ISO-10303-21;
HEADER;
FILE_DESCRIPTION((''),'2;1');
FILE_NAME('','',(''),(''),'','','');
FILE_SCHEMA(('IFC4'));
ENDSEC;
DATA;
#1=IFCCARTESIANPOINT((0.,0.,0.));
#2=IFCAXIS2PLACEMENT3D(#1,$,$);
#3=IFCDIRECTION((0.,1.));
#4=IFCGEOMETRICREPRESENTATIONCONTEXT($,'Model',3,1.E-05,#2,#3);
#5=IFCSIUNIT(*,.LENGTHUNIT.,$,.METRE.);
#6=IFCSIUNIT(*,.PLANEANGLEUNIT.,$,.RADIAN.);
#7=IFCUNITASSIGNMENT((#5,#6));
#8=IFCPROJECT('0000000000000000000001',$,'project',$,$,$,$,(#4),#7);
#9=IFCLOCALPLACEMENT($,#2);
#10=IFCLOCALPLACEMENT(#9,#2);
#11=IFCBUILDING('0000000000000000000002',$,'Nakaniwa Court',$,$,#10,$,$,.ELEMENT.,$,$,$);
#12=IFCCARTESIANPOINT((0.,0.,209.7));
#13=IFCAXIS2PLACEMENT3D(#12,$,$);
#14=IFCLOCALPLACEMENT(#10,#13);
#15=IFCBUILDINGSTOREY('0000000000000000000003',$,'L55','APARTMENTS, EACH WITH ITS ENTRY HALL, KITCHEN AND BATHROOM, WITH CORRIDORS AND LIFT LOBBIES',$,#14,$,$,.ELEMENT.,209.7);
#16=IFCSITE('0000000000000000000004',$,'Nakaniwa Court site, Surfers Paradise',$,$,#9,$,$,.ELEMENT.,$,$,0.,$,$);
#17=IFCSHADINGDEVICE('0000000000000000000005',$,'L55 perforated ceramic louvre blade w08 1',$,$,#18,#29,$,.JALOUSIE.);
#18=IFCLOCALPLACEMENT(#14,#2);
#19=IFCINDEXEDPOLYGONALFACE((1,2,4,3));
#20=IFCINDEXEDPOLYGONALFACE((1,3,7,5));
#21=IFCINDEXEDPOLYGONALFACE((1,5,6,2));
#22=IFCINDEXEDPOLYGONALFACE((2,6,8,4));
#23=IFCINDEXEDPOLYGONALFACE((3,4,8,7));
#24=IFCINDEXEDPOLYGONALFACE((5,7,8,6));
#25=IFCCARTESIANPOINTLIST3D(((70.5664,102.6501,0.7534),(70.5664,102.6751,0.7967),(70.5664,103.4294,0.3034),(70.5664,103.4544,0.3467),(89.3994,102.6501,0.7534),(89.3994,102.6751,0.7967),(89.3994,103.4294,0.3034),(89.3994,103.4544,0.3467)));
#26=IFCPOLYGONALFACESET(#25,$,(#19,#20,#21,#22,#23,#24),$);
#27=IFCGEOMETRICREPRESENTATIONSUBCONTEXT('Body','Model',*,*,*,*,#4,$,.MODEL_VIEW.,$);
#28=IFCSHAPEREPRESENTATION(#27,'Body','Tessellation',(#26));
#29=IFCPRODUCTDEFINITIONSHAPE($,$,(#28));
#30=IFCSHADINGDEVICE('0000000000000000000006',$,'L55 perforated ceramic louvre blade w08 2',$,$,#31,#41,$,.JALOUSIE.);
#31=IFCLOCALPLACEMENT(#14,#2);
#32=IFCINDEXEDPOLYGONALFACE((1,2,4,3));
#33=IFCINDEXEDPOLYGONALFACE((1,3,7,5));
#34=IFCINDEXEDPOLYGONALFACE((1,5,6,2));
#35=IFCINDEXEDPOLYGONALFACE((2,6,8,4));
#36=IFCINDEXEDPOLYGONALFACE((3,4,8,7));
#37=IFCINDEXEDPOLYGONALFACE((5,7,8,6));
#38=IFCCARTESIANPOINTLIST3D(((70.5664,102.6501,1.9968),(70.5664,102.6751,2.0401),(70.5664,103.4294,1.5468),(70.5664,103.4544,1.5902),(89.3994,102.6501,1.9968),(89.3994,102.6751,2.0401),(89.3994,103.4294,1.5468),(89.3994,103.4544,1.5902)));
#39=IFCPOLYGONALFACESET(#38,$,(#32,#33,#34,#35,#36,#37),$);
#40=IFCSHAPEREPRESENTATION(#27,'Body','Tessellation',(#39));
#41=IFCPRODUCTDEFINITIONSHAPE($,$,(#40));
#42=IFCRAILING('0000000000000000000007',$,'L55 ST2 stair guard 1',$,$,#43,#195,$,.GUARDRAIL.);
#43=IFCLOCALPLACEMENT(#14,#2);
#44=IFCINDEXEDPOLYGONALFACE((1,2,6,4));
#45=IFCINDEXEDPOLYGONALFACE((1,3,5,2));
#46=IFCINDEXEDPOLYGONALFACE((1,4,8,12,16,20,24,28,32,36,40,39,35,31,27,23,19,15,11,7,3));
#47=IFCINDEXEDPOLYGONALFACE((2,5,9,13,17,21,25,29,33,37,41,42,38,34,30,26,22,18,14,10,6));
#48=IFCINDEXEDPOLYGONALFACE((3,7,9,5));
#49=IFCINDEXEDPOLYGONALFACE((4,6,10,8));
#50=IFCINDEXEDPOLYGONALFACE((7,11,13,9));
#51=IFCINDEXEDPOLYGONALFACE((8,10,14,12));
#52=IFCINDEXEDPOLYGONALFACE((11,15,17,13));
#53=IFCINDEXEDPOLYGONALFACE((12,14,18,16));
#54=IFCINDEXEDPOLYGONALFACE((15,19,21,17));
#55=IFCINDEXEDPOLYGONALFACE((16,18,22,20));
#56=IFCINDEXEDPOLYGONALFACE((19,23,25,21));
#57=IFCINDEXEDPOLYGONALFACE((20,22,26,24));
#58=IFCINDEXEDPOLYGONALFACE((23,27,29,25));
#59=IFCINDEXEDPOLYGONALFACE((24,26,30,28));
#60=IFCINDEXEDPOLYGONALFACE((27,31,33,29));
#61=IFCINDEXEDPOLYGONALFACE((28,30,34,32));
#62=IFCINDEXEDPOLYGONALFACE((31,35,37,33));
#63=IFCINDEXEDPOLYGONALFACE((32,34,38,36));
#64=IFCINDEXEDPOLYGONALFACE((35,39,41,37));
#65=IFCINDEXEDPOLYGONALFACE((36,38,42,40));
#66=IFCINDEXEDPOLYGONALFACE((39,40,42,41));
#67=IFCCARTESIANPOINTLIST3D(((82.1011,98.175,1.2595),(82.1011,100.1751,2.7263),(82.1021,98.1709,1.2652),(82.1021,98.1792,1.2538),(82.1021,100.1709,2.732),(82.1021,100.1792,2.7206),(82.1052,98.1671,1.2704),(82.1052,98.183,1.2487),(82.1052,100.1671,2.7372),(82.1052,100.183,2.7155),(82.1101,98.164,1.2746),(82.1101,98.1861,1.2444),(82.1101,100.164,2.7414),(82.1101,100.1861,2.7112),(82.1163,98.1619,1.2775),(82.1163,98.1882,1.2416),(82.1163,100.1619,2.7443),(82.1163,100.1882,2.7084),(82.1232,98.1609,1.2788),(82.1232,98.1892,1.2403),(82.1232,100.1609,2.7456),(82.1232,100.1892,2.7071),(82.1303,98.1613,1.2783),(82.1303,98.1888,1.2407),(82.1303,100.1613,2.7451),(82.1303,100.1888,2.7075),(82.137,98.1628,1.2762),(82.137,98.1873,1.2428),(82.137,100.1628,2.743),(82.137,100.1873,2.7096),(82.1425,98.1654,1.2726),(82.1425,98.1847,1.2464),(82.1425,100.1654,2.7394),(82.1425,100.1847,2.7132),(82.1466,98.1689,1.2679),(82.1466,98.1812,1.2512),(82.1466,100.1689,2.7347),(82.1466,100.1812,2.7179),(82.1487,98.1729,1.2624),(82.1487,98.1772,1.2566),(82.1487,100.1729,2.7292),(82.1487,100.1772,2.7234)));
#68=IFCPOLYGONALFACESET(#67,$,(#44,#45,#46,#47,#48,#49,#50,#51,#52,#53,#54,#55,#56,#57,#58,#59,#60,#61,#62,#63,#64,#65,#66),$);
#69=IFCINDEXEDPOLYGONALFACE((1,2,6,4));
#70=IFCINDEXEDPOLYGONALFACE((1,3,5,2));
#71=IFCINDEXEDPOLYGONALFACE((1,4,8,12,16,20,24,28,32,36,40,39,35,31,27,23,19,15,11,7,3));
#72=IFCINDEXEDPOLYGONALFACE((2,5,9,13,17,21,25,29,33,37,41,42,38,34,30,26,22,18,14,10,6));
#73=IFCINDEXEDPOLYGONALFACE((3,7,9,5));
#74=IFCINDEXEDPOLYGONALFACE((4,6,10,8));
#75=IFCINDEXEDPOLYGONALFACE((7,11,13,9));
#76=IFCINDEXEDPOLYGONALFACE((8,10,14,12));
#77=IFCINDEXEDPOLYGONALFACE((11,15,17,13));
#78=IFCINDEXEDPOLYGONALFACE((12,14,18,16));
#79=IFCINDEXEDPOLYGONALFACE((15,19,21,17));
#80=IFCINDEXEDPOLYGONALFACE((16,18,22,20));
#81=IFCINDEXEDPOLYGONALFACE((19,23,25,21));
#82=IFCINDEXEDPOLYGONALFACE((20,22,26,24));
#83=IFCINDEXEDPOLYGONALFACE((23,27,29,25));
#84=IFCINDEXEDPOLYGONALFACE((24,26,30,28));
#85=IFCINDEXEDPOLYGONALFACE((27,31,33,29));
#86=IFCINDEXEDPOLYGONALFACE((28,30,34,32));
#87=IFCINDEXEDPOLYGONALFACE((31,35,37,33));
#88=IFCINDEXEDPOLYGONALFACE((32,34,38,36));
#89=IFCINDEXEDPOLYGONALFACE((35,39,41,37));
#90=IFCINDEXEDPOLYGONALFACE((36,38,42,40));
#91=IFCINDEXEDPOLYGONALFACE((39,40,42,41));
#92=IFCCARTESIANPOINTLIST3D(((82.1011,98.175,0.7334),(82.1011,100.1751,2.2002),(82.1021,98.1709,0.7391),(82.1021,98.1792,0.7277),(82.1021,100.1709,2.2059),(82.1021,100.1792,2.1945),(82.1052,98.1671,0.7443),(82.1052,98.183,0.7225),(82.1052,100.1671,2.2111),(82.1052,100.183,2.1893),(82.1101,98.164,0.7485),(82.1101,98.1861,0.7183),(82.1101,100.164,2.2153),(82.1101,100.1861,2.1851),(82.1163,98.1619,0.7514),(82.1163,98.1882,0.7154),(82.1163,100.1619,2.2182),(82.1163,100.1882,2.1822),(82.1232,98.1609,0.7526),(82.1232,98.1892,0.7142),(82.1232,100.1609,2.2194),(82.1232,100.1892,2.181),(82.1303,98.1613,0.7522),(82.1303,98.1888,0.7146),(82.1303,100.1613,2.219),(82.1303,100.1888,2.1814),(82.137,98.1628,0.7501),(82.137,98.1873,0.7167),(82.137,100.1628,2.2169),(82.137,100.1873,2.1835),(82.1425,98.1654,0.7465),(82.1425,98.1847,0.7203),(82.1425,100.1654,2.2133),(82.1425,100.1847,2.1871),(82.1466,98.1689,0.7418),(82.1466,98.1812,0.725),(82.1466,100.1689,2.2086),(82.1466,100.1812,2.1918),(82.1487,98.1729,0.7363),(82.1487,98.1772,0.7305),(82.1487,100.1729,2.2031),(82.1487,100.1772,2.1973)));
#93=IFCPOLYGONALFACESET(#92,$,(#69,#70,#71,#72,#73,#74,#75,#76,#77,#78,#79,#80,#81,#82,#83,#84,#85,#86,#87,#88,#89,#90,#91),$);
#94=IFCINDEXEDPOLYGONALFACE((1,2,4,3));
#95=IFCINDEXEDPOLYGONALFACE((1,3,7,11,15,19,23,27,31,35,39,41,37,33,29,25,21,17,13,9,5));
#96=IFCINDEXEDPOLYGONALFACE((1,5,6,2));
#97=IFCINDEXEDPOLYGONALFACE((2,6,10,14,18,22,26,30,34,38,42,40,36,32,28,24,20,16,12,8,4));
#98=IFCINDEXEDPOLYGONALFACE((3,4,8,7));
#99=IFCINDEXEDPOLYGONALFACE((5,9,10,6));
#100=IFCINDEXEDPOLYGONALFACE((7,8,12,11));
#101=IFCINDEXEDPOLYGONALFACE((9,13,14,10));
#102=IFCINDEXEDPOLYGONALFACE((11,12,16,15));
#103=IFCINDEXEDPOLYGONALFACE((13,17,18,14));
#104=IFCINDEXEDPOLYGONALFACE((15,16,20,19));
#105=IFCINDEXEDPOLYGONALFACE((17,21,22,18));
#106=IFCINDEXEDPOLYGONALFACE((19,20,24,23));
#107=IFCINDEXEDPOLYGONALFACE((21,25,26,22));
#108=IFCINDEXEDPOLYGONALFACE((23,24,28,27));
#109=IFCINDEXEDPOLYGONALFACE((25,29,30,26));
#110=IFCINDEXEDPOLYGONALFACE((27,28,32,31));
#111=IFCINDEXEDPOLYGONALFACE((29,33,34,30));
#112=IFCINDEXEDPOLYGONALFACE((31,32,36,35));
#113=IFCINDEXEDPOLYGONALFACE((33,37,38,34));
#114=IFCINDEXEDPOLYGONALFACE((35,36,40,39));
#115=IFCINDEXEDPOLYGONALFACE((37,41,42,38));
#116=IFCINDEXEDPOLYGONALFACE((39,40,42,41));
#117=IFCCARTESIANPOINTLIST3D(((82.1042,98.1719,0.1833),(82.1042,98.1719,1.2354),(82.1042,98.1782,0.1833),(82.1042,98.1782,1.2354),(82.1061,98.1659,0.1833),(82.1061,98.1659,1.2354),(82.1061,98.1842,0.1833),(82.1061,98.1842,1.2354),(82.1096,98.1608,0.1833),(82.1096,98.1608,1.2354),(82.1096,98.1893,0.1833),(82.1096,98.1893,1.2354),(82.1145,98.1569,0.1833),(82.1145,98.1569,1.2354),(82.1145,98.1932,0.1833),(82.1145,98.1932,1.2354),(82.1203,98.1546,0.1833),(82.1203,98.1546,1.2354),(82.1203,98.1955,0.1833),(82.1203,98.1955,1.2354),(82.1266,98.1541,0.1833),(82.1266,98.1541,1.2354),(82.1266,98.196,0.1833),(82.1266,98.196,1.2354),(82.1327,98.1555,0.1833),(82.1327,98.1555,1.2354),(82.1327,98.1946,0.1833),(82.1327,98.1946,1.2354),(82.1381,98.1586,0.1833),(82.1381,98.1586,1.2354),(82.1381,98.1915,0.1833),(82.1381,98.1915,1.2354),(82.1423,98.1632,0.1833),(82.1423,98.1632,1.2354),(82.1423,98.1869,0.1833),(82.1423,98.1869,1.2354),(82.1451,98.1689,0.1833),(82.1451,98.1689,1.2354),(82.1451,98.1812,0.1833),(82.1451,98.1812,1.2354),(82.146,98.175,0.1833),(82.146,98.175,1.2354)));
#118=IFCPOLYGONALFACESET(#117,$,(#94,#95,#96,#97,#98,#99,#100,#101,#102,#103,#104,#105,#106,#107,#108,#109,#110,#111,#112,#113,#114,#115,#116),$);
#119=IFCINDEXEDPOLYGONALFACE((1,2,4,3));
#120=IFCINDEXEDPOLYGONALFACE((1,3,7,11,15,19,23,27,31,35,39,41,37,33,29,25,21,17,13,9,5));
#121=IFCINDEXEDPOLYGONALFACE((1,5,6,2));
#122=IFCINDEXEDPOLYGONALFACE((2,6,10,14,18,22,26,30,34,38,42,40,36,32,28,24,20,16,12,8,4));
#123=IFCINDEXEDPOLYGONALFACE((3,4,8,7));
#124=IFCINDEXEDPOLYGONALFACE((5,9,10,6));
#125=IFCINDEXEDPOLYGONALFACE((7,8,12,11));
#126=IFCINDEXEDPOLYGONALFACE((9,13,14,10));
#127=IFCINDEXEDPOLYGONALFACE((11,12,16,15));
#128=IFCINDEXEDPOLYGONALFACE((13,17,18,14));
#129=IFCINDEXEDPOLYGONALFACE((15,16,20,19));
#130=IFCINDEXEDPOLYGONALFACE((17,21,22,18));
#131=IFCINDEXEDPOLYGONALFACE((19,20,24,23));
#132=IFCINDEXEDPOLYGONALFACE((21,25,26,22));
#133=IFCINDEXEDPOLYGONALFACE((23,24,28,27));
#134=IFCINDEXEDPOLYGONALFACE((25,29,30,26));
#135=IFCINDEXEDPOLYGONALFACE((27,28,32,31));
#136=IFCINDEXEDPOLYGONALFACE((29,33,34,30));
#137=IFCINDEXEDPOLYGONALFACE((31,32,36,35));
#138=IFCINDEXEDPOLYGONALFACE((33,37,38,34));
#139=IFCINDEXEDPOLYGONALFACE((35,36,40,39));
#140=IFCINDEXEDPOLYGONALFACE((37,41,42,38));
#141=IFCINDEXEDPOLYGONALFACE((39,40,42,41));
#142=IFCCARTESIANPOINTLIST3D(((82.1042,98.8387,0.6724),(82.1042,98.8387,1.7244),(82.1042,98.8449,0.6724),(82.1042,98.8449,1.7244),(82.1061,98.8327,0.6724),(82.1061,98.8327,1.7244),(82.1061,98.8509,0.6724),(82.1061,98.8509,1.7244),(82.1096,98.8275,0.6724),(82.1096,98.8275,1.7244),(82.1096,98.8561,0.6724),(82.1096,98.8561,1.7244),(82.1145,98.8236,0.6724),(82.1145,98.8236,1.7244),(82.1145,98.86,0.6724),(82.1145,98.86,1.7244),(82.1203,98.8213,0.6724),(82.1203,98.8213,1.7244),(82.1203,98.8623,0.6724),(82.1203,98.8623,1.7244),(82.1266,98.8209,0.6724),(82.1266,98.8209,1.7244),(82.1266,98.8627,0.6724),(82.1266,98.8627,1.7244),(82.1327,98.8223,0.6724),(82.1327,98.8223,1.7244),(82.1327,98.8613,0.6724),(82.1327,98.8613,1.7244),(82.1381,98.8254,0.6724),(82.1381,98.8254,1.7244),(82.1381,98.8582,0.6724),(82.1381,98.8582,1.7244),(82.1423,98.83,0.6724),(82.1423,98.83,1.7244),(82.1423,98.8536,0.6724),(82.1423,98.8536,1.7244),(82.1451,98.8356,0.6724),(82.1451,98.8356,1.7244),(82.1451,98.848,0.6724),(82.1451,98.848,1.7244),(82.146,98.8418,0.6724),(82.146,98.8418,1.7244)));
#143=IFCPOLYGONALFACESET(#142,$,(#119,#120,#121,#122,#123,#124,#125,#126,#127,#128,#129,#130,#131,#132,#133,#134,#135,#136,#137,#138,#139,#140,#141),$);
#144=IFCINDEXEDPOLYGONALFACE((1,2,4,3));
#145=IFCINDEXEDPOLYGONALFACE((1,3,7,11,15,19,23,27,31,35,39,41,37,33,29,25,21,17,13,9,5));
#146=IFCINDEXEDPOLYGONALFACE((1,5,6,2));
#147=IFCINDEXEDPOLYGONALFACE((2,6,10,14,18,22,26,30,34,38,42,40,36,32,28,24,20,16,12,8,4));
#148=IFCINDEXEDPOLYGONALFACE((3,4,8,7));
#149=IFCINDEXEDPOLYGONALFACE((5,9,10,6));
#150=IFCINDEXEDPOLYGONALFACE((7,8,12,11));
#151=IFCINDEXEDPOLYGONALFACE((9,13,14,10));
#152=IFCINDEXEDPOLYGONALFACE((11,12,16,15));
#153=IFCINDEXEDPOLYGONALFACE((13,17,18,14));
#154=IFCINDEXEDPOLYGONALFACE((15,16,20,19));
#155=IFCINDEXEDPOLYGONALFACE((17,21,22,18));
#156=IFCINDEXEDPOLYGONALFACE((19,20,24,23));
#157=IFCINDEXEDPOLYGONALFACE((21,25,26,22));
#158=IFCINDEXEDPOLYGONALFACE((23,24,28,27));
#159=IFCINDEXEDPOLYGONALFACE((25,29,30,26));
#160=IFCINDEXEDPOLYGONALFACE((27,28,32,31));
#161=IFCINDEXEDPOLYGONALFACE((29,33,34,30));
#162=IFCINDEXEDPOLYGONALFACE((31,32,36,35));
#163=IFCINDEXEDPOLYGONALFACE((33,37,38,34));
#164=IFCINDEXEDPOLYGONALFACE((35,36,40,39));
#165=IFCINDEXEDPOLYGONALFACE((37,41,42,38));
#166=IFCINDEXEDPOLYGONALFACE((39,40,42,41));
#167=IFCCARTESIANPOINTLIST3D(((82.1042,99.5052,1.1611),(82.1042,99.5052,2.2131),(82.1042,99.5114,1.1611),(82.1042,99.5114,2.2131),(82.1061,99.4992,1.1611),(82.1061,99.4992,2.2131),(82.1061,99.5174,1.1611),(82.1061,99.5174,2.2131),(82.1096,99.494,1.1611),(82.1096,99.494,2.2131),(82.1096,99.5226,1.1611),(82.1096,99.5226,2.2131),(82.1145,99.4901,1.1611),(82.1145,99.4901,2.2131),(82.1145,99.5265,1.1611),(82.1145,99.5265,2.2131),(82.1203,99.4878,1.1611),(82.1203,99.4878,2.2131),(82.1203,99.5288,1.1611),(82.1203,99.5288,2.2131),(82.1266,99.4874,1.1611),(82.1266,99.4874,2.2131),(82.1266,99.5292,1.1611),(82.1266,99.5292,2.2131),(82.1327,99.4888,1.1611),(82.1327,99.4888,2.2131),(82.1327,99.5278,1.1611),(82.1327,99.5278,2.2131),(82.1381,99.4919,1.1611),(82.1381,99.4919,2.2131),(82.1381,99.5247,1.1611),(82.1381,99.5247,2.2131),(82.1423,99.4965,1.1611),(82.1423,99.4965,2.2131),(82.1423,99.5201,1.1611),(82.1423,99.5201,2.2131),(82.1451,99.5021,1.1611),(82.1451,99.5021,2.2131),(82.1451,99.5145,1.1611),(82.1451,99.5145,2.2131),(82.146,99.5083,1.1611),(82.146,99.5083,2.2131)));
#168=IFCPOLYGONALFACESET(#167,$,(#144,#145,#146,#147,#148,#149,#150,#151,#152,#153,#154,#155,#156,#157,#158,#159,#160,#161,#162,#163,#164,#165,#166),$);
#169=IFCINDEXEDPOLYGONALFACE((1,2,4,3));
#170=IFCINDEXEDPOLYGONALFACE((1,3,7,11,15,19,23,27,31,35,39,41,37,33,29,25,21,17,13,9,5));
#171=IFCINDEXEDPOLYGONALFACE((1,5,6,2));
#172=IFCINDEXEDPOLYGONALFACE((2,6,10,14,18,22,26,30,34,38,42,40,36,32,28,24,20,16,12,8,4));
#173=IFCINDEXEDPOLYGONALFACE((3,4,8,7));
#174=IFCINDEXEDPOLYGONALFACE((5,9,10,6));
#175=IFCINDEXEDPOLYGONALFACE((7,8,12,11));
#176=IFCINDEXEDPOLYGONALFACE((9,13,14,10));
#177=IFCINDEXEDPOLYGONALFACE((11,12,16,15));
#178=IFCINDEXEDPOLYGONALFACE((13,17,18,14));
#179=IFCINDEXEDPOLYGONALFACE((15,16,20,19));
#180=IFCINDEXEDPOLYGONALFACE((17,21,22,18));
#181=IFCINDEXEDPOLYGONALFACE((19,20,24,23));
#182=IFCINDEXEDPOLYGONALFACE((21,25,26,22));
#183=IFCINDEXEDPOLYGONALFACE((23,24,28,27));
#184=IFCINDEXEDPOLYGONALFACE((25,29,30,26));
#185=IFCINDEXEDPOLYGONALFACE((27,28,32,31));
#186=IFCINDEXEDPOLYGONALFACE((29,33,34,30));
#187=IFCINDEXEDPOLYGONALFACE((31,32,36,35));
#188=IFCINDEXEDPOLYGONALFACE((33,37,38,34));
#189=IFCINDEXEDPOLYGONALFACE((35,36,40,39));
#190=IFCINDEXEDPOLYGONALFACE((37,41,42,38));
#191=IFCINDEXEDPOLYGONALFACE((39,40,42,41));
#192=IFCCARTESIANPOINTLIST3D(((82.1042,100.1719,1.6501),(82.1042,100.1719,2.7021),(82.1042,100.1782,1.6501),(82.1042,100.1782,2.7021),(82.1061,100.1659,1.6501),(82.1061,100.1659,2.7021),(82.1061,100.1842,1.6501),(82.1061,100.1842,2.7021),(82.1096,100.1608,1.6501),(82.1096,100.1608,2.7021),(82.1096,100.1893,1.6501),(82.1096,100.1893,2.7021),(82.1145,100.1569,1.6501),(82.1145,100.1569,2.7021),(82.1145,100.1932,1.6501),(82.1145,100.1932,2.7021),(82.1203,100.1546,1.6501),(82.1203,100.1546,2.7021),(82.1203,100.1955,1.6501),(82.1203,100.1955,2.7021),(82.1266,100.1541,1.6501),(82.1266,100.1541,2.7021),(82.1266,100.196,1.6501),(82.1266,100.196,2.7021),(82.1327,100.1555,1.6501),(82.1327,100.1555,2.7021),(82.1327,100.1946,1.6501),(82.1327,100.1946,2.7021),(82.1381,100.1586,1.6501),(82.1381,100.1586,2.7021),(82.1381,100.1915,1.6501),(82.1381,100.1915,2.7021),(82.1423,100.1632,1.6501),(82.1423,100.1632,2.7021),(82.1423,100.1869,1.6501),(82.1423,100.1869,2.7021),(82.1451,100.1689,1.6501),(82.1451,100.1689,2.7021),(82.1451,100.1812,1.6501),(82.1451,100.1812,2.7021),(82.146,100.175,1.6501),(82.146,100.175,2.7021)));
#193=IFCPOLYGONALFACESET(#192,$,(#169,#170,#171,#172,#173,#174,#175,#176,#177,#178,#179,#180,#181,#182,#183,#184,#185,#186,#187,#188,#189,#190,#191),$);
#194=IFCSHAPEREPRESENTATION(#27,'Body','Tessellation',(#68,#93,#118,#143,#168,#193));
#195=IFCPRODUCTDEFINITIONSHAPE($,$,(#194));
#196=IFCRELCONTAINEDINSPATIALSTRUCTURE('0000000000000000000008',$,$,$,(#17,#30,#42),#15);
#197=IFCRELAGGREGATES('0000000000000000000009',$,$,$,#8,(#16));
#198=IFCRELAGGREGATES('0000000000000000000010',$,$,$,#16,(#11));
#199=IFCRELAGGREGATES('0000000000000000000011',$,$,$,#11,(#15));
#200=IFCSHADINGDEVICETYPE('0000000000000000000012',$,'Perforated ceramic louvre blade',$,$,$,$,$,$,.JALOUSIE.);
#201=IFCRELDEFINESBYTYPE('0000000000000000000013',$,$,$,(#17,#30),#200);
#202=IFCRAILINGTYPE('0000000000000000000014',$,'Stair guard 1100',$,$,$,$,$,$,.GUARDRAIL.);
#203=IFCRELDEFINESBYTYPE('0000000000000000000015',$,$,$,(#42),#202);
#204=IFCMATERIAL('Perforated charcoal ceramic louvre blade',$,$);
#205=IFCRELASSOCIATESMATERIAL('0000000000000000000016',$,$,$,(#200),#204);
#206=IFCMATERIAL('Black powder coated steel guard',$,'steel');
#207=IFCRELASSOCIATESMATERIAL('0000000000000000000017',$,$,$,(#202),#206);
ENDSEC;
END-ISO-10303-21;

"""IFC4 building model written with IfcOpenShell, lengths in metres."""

from ifc_helpers import new_model, si_unit, direction, frame, origin, origin_2d, place, context, subcontext, project, spatial, rectangle, circle, extrude, material, material_profile, profile_set, type_object, element, save


model = new_model("IFC4")

# Units and contexts
model_context = context("Model", 3, precision=1e-05, world=origin(), true_north=direction((0.0, 1.0)))
body_context = subcontext(model_context, "Body", "Model", "MODEL_VIEW")
ifc_project = project(units=[si_unit("LENGTHUNIT", "METRE"), si_unit("PLANEANGLEUNIT", "RADIAN")], contexts=[model_context])

# Site, building, storey
site_placement = place(None, origin())
site = spatial("IfcSite", under=ifc_project, at=site_placement, Name="Nakaniwa Court site, Surfers Paradise", CompositionType="ELEMENT", RefElevation=0.0)
building_placement = place(site_placement, origin())
building = spatial("IfcBuilding", under=site, at=building_placement, Name="Nakaniwa Court", CompositionType="ELEMENT")
storey_placement = place(building_placement, frame((0.0, 0.0, 209.7)))
storey = spatial("IfcBuildingStorey", under=building, at=storey_placement, Name="L55", Description="APARTMENTS, EACH WITH ITS ENTRY HALL, KITCHEN AND BATHROOM, WITH CORRIDORS AND LIFT LOBBIES", CompositionType="ELEMENT", Elevation=209.7)

# Shading devices
ifc_material_1 = material(Name="Perforated charcoal ceramic louvre blade")
ifc_material_profile = material_profile(ifc_material_1, rectangle(XDim=0.8999, YDim=0.05, at=origin_2d()), Name="Perforated ceramic louvre blade")
ifc_profile_set = profile_set([ifc_material_profile], Name="Perforated charcoal ceramic louvre blade")
shading_device_type = type_object("IfcShadingDeviceType", Name="Perforated ceramic louvre blade", PredefinedType="JALOUSIE", material=ifc_profile_set)
for number, where, z_axis, x_axis, name in (
    (1, (89.3994, 103.0522, 0.55), (-1.0, 0.0, 0.0), (0.0, -0.866025, 0.5), "L55 perforated ceramic louvre blade w08 1"),
    (2, (89.3994, 103.0522, 1.7935), (-1.0, 0.0, 0.0), (0.0, -0.866025, 0.5), "L55 perforated ceramic louvre blade w08 2"),
):
    element("IfcShadingDevice", number, at=place(storey_placement, frame(where, z_axis=z_axis, x_axis=x_axis)), inside=storey, type_object=shading_device_type, Name=name, PredefinedType="JALOUSIE", context=body_context, shape_type="SweptSolid", body=[
        extrude(rectangle(XDim=0.8999, YDim=0.05, at=origin_2d()), origin(), (0.0, 0.0, 1.0), 18.833),
    ])

# Railing
ifc_material_2 = material(Name="Black powder coated steel guard", Category="steel")
railing_type_1 = type_object("IfcRailingType", Name="Stair guard 1100", PredefinedType="GUARDRAIL", material=ifc_material_2)
railing_1_placement = place(storey_placement, frame((82.125, 98.175, 0.1833)))
element("IfcRailing", 3, at=railing_1_placement, inside=storey, type_object=railing_type_1, Name="L55 ST2 stair guard 1", PredefinedType="GUARDRAIL", context=body_context, shape_type="SweptSolid", body=[
    extrude(circle(Radius=0.0239, at=origin_2d()), frame((0.0, 0.0, 1.0762), z_axis=(0.0, 0.80638, 0.591398), x_axis=(-1.0, 0.0, 0.0)), (0.0, 0.0, 1.0), 2.4802),
    extrude(circle(Radius=0.0239, at=origin_2d()), frame((0.0, 0.0, 0.55), z_axis=(0.0, 0.80638, 0.591398), x_axis=(-1.0, 0.0, 0.0)), (0.0, 0.0, 1.0), 2.4802),
    extrude(circle(Radius=0.021, at=origin_2d()), origin(), (0.0, 0.0, 1.0), 1.052),
    extrude(circle(Radius=0.021, at=origin_2d()), frame((0.0, 0.6667, 0.489)), (0.0, 0.0, 1.0), 1.052),
    extrude(circle(Radius=0.021, at=origin_2d()), frame((0.0, 1.3333, 0.9778)), (0.0, 0.0, 1.0), 1.052),
    extrude(circle(Radius=0.021, at=origin_2d()), frame((0.0, 2.0, 1.4668)), (0.0, 0.0, 1.0), 1.052),
])

save(model, "model.ifc")
